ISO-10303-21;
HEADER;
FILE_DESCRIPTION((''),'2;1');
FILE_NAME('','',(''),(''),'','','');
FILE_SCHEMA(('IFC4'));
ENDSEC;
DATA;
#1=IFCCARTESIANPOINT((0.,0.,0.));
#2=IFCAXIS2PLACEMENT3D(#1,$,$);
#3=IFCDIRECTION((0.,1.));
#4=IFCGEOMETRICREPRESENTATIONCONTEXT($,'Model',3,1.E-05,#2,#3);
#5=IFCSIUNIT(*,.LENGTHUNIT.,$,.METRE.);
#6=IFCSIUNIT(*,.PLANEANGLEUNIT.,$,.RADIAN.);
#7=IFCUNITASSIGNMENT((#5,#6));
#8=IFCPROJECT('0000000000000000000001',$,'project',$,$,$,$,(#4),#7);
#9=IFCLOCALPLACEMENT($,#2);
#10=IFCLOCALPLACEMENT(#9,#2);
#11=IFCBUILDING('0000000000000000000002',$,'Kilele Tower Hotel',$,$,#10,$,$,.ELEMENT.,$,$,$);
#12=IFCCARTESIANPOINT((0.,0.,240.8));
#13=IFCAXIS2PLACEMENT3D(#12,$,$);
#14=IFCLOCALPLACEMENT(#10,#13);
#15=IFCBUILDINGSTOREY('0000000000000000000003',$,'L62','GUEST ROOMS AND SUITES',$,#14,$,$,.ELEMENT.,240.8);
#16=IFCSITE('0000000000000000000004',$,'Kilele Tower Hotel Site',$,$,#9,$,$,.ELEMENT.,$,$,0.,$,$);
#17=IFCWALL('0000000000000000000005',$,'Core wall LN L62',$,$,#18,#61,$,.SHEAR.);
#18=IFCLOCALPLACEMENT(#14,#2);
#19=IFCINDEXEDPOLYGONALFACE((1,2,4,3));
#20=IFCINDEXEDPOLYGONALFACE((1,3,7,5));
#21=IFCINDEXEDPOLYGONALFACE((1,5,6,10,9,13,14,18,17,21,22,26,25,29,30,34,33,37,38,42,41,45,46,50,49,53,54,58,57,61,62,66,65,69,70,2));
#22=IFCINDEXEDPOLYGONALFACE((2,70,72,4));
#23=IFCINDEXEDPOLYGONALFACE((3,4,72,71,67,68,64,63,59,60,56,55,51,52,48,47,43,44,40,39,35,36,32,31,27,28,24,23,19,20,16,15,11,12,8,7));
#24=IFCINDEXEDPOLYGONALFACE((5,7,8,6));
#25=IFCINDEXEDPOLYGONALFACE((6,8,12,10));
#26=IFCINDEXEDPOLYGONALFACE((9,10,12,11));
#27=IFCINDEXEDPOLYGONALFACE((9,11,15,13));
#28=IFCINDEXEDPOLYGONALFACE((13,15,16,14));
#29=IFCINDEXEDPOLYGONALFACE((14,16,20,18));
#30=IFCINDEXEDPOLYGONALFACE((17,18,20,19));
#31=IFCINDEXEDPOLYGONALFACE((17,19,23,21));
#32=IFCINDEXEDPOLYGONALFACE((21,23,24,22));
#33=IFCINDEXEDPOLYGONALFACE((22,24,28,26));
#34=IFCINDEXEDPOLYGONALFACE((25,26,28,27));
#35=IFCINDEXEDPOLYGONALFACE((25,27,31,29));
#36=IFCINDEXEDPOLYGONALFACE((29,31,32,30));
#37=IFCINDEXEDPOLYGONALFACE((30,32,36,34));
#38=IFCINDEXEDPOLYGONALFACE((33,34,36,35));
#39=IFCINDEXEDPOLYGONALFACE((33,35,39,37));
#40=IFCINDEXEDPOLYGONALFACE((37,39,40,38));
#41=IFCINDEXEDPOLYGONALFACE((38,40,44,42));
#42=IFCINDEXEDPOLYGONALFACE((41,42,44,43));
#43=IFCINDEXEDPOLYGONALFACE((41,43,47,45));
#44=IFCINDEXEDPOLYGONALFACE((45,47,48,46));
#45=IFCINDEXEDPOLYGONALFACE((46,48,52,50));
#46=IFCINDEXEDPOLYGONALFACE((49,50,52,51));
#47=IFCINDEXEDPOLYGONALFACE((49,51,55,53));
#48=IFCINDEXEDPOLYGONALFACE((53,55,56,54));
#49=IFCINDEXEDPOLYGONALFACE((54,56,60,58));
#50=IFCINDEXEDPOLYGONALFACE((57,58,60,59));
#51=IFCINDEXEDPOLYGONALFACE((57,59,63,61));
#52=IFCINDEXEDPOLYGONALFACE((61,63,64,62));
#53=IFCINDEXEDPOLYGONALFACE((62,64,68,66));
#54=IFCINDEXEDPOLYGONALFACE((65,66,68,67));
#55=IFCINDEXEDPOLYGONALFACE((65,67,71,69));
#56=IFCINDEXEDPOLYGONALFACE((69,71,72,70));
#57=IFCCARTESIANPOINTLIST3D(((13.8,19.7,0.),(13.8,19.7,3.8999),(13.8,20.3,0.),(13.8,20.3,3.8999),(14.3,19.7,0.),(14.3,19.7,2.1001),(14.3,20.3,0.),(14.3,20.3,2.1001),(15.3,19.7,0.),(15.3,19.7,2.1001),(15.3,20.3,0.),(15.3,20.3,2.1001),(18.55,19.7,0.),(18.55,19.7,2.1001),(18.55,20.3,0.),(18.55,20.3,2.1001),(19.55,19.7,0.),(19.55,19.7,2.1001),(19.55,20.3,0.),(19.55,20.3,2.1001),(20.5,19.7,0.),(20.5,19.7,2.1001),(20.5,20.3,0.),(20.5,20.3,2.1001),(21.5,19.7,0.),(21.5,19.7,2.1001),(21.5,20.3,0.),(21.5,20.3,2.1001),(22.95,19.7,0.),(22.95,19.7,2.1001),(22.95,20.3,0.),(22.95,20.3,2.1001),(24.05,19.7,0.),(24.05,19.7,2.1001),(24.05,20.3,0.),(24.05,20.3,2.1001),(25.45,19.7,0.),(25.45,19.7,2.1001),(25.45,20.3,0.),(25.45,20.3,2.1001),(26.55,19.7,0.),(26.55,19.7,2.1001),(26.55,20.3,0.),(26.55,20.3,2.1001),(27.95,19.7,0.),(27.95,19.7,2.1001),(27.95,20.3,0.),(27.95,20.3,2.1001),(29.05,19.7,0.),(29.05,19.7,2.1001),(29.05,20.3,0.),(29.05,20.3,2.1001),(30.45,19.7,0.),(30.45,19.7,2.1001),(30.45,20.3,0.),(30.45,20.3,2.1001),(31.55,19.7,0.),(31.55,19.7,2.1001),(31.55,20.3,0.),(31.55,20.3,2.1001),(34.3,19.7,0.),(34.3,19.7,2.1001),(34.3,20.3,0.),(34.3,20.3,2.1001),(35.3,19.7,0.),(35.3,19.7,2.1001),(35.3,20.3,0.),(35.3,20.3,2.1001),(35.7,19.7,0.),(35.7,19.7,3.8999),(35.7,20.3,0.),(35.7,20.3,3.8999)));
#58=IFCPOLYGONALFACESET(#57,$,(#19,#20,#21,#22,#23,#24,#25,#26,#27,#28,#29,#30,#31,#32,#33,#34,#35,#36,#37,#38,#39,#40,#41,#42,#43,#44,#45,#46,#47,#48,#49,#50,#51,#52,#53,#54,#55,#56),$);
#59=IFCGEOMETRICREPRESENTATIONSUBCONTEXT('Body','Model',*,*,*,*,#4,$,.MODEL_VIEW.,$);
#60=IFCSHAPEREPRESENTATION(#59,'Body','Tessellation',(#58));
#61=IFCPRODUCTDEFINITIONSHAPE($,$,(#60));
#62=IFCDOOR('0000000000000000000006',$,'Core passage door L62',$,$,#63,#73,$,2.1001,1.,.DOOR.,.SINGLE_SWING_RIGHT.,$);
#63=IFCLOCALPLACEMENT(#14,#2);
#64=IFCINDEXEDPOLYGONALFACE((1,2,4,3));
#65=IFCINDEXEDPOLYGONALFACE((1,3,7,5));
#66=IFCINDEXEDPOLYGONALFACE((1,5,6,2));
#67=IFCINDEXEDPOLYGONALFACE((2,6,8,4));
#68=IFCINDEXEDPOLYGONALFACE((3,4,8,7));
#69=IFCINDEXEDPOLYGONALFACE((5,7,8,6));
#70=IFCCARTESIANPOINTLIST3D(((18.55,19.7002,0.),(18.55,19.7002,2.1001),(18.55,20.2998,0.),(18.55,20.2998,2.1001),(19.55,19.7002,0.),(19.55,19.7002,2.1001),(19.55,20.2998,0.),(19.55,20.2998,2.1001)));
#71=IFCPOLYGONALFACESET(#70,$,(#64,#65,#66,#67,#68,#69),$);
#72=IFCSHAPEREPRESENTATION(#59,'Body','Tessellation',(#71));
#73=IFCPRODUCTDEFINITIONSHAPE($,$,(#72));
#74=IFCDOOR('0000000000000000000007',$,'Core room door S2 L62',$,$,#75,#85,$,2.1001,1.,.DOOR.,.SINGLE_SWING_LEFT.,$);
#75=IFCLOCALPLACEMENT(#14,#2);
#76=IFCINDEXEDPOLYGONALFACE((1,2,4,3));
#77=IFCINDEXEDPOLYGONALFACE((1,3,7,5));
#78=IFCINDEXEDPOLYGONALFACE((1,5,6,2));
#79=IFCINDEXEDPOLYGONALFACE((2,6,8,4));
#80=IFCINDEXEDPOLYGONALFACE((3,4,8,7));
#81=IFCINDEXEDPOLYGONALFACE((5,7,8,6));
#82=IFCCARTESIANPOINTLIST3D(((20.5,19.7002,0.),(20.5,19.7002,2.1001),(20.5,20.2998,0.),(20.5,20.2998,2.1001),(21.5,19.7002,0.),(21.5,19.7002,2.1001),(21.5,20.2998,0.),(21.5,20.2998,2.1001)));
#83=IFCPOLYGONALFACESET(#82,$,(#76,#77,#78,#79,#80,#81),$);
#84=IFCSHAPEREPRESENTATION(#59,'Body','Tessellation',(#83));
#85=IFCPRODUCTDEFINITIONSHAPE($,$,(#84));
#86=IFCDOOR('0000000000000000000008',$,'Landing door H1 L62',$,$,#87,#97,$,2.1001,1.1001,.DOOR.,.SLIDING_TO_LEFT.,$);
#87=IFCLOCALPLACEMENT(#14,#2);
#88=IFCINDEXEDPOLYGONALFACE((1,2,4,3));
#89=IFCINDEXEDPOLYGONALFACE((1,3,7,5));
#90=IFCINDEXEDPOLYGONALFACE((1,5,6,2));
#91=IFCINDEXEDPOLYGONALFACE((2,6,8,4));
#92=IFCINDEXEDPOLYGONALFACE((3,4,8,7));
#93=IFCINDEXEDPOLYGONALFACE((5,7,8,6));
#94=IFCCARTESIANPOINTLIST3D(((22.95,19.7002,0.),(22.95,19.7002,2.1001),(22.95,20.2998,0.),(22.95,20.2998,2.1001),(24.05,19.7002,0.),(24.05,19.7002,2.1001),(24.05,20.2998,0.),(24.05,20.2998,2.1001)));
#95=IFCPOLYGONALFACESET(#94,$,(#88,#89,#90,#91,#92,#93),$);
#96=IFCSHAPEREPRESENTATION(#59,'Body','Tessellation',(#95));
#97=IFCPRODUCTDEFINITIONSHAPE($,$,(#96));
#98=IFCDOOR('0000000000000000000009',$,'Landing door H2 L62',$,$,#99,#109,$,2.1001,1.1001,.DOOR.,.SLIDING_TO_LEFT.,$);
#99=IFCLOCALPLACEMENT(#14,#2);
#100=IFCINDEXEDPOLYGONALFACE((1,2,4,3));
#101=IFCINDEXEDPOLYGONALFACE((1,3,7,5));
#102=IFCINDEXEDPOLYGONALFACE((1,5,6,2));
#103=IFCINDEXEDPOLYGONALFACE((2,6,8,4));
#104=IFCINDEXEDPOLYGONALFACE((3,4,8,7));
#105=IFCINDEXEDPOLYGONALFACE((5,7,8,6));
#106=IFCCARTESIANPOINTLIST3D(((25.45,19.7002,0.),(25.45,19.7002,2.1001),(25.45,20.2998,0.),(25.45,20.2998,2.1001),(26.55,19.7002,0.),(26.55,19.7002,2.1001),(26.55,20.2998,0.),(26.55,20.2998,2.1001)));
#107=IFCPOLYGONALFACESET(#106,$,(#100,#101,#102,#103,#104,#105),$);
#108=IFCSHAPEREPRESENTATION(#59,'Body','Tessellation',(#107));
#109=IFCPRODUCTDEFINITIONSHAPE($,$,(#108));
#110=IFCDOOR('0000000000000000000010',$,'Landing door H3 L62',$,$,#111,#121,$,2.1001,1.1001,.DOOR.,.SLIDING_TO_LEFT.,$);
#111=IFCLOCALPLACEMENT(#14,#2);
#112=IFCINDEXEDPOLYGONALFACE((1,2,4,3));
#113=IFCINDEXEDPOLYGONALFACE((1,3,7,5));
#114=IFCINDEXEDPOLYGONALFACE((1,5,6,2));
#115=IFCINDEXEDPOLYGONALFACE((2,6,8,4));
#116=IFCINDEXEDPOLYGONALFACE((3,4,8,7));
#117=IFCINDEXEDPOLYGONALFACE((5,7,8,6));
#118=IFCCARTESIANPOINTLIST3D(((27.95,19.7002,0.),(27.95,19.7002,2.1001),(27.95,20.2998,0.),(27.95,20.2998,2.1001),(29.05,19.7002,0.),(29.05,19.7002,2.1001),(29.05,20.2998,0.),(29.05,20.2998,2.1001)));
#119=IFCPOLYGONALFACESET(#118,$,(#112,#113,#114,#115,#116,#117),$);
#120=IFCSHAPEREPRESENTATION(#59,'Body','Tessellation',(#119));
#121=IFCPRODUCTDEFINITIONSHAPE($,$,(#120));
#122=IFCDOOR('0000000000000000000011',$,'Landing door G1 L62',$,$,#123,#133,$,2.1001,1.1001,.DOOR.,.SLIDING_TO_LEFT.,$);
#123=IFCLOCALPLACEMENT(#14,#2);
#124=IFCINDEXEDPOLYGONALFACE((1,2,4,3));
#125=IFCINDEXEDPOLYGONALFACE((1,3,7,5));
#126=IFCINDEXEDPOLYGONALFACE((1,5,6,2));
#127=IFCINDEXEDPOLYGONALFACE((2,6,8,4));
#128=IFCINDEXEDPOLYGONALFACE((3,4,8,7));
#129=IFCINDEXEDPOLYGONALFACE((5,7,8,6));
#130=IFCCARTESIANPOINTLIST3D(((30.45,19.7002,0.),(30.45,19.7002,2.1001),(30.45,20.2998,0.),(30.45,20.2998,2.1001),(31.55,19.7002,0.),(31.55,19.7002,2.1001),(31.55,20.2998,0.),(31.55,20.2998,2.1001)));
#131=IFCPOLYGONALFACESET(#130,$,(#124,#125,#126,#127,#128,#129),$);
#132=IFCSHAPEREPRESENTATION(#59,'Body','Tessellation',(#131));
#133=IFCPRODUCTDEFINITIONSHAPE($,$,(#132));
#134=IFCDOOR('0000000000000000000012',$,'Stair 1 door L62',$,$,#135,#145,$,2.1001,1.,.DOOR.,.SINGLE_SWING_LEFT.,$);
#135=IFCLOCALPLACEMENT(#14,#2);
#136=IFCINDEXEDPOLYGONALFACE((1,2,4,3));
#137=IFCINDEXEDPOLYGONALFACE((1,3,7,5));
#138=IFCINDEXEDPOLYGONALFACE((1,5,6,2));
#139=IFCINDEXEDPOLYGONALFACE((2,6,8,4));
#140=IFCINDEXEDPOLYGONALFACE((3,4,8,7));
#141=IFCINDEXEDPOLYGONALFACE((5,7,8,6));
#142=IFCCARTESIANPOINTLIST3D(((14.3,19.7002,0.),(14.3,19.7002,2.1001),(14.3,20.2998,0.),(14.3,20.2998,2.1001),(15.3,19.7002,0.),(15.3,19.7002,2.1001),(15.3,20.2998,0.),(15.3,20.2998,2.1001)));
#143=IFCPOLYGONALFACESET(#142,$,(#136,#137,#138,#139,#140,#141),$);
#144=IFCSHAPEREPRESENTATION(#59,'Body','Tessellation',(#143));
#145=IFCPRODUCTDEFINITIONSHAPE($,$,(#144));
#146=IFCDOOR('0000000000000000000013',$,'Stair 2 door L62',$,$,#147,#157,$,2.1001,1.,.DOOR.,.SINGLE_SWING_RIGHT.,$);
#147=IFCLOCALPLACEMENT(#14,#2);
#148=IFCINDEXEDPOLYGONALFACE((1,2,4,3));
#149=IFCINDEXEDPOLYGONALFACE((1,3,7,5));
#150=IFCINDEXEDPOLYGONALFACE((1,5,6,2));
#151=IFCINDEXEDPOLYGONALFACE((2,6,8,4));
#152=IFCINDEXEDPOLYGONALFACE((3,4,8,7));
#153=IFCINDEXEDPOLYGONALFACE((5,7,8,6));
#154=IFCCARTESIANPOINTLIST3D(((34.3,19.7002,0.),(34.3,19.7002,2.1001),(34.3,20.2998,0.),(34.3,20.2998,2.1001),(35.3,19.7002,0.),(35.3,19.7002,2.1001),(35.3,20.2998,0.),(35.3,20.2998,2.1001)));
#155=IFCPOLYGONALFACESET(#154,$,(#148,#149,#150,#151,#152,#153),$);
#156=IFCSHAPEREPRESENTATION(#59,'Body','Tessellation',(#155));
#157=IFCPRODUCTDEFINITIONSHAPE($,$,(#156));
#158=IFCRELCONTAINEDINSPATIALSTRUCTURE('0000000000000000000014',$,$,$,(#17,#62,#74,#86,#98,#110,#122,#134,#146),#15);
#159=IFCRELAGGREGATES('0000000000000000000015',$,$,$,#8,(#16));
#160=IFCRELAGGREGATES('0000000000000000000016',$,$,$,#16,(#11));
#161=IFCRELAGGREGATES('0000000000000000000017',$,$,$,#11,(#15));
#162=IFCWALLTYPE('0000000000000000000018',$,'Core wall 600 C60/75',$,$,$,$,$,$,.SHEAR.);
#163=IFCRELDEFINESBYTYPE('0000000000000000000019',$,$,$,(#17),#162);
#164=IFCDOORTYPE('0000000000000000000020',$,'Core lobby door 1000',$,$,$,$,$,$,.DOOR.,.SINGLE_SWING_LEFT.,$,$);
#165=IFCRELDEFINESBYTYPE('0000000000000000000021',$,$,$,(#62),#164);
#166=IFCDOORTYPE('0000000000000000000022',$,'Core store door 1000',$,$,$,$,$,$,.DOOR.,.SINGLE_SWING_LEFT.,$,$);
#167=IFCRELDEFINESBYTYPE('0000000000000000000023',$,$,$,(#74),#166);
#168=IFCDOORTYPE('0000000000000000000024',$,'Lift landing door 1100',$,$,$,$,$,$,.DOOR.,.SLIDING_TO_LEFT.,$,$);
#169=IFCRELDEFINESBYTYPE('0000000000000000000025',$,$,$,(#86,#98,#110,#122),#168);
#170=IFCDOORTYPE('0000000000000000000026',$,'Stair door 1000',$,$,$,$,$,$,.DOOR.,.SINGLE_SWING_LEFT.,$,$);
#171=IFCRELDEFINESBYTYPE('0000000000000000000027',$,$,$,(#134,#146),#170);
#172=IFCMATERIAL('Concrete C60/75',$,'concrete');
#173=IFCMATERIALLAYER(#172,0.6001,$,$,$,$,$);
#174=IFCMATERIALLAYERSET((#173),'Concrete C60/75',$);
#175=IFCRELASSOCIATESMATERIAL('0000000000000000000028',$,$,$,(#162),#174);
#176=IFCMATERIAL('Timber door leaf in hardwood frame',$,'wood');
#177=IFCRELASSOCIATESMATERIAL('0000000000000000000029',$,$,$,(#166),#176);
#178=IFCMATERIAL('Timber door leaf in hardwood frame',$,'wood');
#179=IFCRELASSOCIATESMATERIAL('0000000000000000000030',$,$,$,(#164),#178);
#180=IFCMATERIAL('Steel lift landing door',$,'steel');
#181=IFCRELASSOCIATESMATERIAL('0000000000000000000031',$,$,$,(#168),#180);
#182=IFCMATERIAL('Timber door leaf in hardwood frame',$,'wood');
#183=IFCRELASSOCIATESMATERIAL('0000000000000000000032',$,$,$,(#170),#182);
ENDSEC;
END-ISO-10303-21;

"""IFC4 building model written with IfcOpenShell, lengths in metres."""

from ifc_helpers import new_model, si_unit, direction, frame, frame_2d, origin, place, context, subcontext, project, spatial, rectangle, extrude, material, layer, layer_set, type_object, element, fill, save


model = new_model("IFC4")

# Units and contexts
model_context = context("Model", 3, precision=1e-05, world=origin(), true_north=direction((0.0, 1.0)))
body_context = subcontext(model_context, "Body", "Model", "MODEL_VIEW")
ifc_project = project(units=[si_unit("LENGTHUNIT", "METRE"), si_unit("PLANEANGLEUNIT", "RADIAN")], contexts=[model_context])

# Site, building, storey
site_placement = place(None, origin())
site = spatial("IfcSite", under=ifc_project, at=site_placement, Name="Kilele Tower Hotel Site", CompositionType="ELEMENT", RefElevation=0.0)
building_placement = place(site_placement, origin())
building = spatial("IfcBuilding", under=site, at=building_placement, Name="Kilele Tower Hotel", CompositionType="ELEMENT")
storey_placement = place(building_placement, frame((0.0, 0.0, 240.8)))
storey = spatial("IfcBuildingStorey", under=building, at=storey_placement, Name="L62", Description="GUEST ROOMS AND SUITES", CompositionType="ELEMENT", Elevation=240.8)

# Shared definitions
ifc_material_1 = material(Name="Concrete C60/75", Category="concrete")
ifc_layer_1 = layer(ifc_material_1, 0.6001)
ifc_layer_set_1 = layer_set([ifc_layer_1], Name="Concrete C60/75")
wall_type_1 = type_object("IfcWallType", Name="Core wall 600 C60/75", PredefinedType="SHEAR", material=ifc_layer_set_1)

# Wall, openings, doors
ifc_material_2 = material(Name="Timber door leaf in hardwood frame", Category="wood")
door_type_1 = type_object("IfcDoorType", Name="Core store door 1000", OperationType="SINGLE_SWING_LEFT", PredefinedType="DOOR", material=ifc_material_2)
wall_1_placement = place(storey_placement, frame((13.8, 20.0, 0.0), z_axis=(0.0, 0.0, 1.0), x_axis=(1.0, 0.0, 0.0)))
wall_1 = element("IfcWall", 1, at=wall_1_placement, inside=storey, type_object=wall_type_1, Name="Core wall LN L62", PredefinedType="SHEAR", context=body_context, shape_type="SweptSolid", body=[
    extrude(rectangle(XDim=21.8999, YDim=0.6001, at=frame_2d((10.95, 0.0))), origin(), (0.0, 0.0, 1.0), 3.8999),
])
opening_1_placement = place(wall_1_placement, frame((0.5, 0.0, 0.0)))
opening_1 = element("IfcOpeningElement", 2, at=opening_1_placement, cuts=wall_1, PredefinedType="OPENING", context=body_context, shape_type="SweptSolid", body=[
    extrude(rectangle(XDim=1.0, YDim=2.1001, at=frame_2d((0.5, 1.05))), frame((0.0, 0.3101, 0.0), z_axis=(0.0, -1.0, 0.0), x_axis=(1.0, 0.0, 0.0)), (0.0, 0.0, 1.0), 0.6201),
])
opening_2_placement = place(wall_1_placement, frame((20.5, 0.0, 0.0)))
opening_2 = element("IfcOpeningElement", 3, at=opening_2_placement, cuts=wall_1, PredefinedType="OPENING", context=body_context, shape_type="SweptSolid", body=[
    extrude(rectangle(XDim=1.0, YDim=2.1001, at=frame_2d((0.5, 1.05))), frame((0.0, 0.3101, 0.0), z_axis=(0.0, -1.0, 0.0), x_axis=(1.0, 0.0, 0.0)), (0.0, 0.0, 1.0), 0.6201),
])
opening_3_placement = place(wall_1_placement, frame((9.1499, 0.0, 0.0)))
opening_3 = element("IfcOpeningElement", 4, at=opening_3_placement, cuts=wall_1, PredefinedType="OPENING", context=body_context, shape_type="SweptSolid", body=[
    extrude(rectangle(XDim=1.1001, YDim=2.1001, at=frame_2d((0.55, 1.05))), frame((0.0, 0.3101, 0.0), z_axis=(0.0, -1.0, 0.0), x_axis=(1.0, 0.0, 0.0)), (0.0, 0.0, 1.0), 0.6201),
])
opening_4_placement = place(wall_1_placement, frame((11.6499, 0.0, 0.0)))
opening_4 = element("IfcOpeningElement", 5, at=opening_4_placement, cuts=wall_1, PredefinedType="OPENING", context=body_context, shape_type="SweptSolid", body=[
    extrude(rectangle(XDim=1.1001, YDim=2.1001, at=frame_2d((0.55, 1.05))), frame((0.0, 0.3101, 0.0), z_axis=(0.0, -1.0, 0.0), x_axis=(1.0, 0.0, 0.0)), (0.0, 0.0, 1.0), 0.6201),
])
opening_5_placement = place(wall_1_placement, frame((14.1499, 0.0, 0.0)))
opening_5 = element("IfcOpeningElement", 6, at=opening_5_placement, cuts=wall_1, PredefinedType="OPENING", context=body_context, shape_type="SweptSolid", body=[
    extrude(rectangle(XDim=1.1001, YDim=2.1001, at=frame_2d((0.55, 1.05))), frame((0.0, 0.3101, 0.0), z_axis=(0.0, -1.0, 0.0), x_axis=(1.0, 0.0, 0.0)), (0.0, 0.0, 1.0), 0.6201),
])
opening_6_placement = place(wall_1_placement, frame((16.6499, 0.0, 0.0)))
opening_6 = element("IfcOpeningElement", 7, at=opening_6_placement, cuts=wall_1, PredefinedType="OPENING", context=body_context, shape_type="SweptSolid", body=[
    extrude(rectangle(XDim=1.1001, YDim=2.1001, at=frame_2d((0.55, 1.05))), frame((0.0, 0.3101, 0.0), z_axis=(0.0, -1.0, 0.0), x_axis=(1.0, 0.0, 0.0)), (0.0, 0.0, 1.0), 0.6201),
])
opening_7_placement = place(wall_1_placement, frame((5.75, 0.0, 0.0), z_axis=(0.0, 0.0, 1.0), x_axis=(-1.0, 0.0, 0.0)))
opening_7 = element("IfcOpeningElement", 8, at=opening_7_placement, cuts=wall_1, PredefinedType="OPENING", context=body_context, shape_type="SweptSolid", body=[
    extrude(rectangle(XDim=1.0, YDim=2.1001, at=frame_2d((0.5, 1.05))), frame((0.0, 0.3101, 0.0), z_axis=(0.0, -1.0, 0.0), x_axis=(1.0, 0.0, 0.0)), (0.0, 0.0, 1.0), 0.6201),
])
opening_8_placement = place(wall_1_placement, frame((6.7, 0.0, 0.0)))
opening_8 = element("IfcOpeningElement", 9, at=opening_8_placement, cuts=wall_1, PredefinedType="OPENING", context=body_context, shape_type="SweptSolid", body=[
    extrude(rectangle(XDim=1.0, YDim=2.1001, at=frame_2d((0.5, 1.05))), frame((0.0, 0.3101, 0.0), z_axis=(0.0, -1.0, 0.0), x_axis=(1.0, 0.0, 0.0)), (0.0, 0.0, 1.0), 0.6201),
])
ifc_material_3 = material(Name="Timber door leaf in hardwood frame", Category="wood")
door_type_2 = type_object("IfcDoorType", Name="Core lobby door 1000", OperationType="SINGLE_SWING_LEFT", PredefinedType="DOOR", material=ifc_material_3)
door_1_placement = place(opening_7_placement, origin())
door_1 = element("IfcDoor", 10, at=door_1_placement, inside=storey, type_object=door_type_2, Name="Core passage door L62", OperationType="SINGLE_SWING_RIGHT", OverallHeight=2.1001, OverallWidth=1.0, PredefinedType="DOOR", context=body_context, shape_type="SweptSolid", body=[
    extrude(rectangle(XDim=1.0, YDim=2.1001, at=frame_2d((0.5, 1.05))), frame((0.0, 0.2998, 0.0), z_axis=(0.0, -1.0, 0.0), x_axis=(1.0, 0.0, 0.0)), (0.0, 0.0, 1.0), 0.5996),
])
fill(opening_7, door_1)
door_2_placement = place(opening_8_placement, origin())
door_2 = element("IfcDoor", 11, at=door_2_placement, inside=storey, type_object=door_type_1, Name="Core room door S2 L62", OperationType="SINGLE_SWING_LEFT", OverallHeight=2.1001, OverallWidth=1.0, PredefinedType="DOOR", context=body_context, shape_type="SweptSolid", body=[
    extrude(rectangle(XDim=1.0, YDim=2.1001, at=frame_2d((0.5, 1.05))), frame((0.0, 0.2998, 0.0), z_axis=(0.0, -1.0, 0.0), x_axis=(1.0, 0.0, 0.0)), (0.0, 0.0, 1.0), 0.5996),
])
fill(opening_8, door_2)
ifc_material_4 = material(Name="Steel lift landing door", Category="steel")
door_type_3 = type_object("IfcDoorType", Name="Lift landing door 1100", OperationType="SLIDING_TO_LEFT", PredefinedType="DOOR", material=ifc_material_4)
door_3_placement = place(opening_3_placement, origin())
door_3 = element("IfcDoor", 12, at=door_3_placement, inside=storey, type_object=door_type_3, Name="Landing door H1 L62", OperationType="SLIDING_TO_LEFT", OverallHeight=2.1001, OverallWidth=1.1001, PredefinedType="DOOR", context=body_context, shape_type="SweptSolid", body=[
    extrude(rectangle(XDim=1.1001, YDim=2.1001, at=frame_2d((0.55, 1.05))), frame((0.0, 0.2998, 0.0), z_axis=(0.0, -1.0, 0.0), x_axis=(1.0, 0.0, 0.0)), (0.0, 0.0, 1.0), 0.5996),
])
fill(opening_3, door_3)
door_4_placement = place(opening_4_placement, origin())
door_4 = element("IfcDoor", 13, at=door_4_placement, inside=storey, type_object=door_type_3, Name="Landing door H2 L62", OperationType="SLIDING_TO_LEFT", OverallHeight=2.1001, OverallWidth=1.1001, PredefinedType="DOOR", context=body_context, shape_type="SweptSolid", body=[
    extrude(rectangle(XDim=1.1001, YDim=2.1001, at=frame_2d((0.55, 1.05))), frame((0.0, 0.2998, 0.0), z_axis=(0.0, -1.0, 0.0), x_axis=(1.0, 0.0, 0.0)), (0.0, 0.0, 1.0), 0.5996),
])
fill(opening_4, door_4)
door_5_placement = place(opening_5_placement, origin())
door_5 = element("IfcDoor", 14, at=door_5_placement, inside=storey, type_object=door_type_3, Name="Landing door H3 L62", OperationType="SLIDING_TO_LEFT", OverallHeight=2.1001, OverallWidth=1.1001, PredefinedType="DOOR", context=body_context, shape_type="SweptSolid", body=[
    extrude(rectangle(XDim=1.1001, YDim=2.1001, at=frame_2d((0.55, 1.05))), frame((0.0, 0.2998, 0.0), z_axis=(0.0, -1.0, 0.0), x_axis=(1.0, 0.0, 0.0)), (0.0, 0.0, 1.0), 0.5996),
])
fill(opening_5, door_5)
door_6_placement = place(opening_6_placement, origin())
door_6 = element("IfcDoor", 15, at=door_6_placement, inside=storey, type_object=door_type_3, Name="Landing door G1 L62", OperationType="SLIDING_TO_LEFT", OverallHeight=2.1001, OverallWidth=1.1001, PredefinedType="DOOR", context=body_context, shape_type="SweptSolid", body=[
    extrude(rectangle(XDim=1.1001, YDim=2.1001, at=frame_2d((0.55, 1.05))), frame((0.0, 0.2998, 0.0), z_axis=(0.0, -1.0, 0.0), x_axis=(1.0, 0.0, 0.0)), (0.0, 0.0, 1.0), 0.5996),
])
fill(opening_6, door_6)
ifc_material_5 = material(Name="Timber door leaf in hardwood frame", Category="wood")
door_type_4 = type_object("IfcDoorType", Name="Stair door 1000", OperationType="SINGLE_SWING_LEFT", PredefinedType="DOOR", material=ifc_material_5)
door_7_placement = place(opening_1_placement, origin())
door_7 = element("IfcDoor", 16, at=door_7_placement, inside=storey, type_object=door_type_4, Name="Stair 1 door L62", OperationType="SINGLE_SWING_LEFT", OverallHeight=2.1001, OverallWidth=1.0, PredefinedType="DOOR", context=body_context, shape_type="SweptSolid", body=[
    extrude(rectangle(XDim=1.0, YDim=2.1001, at=frame_2d((0.5, 1.05))), frame((0.0, 0.2998, 0.0), z_axis=(0.0, -1.0, 0.0), x_axis=(1.0, 0.0, 0.0)), (0.0, 0.0, 1.0), 0.5996),
])
fill(opening_1, door_7)
door_8_placement = place(opening_2_placement, origin())
door_8 = element("IfcDoor", 17, at=door_8_placement, inside=storey, type_object=door_type_4, Name="Stair 2 door L62", OperationType="SINGLE_SWING_RIGHT", OverallHeight=2.1001, OverallWidth=1.0, PredefinedType="DOOR", context=body_context, shape_type="SweptSolid", body=[
    extrude(rectangle(XDim=1.0, YDim=2.1001, at=frame_2d((0.5, 1.05))), frame((0.0, 0.2998, 0.0), z_axis=(0.0, -1.0, 0.0), x_axis=(1.0, 0.0, 0.0)), (0.0, 0.0, 1.0), 0.5996),
])
fill(opening_2, door_8)

save(model, "model.ifc")
